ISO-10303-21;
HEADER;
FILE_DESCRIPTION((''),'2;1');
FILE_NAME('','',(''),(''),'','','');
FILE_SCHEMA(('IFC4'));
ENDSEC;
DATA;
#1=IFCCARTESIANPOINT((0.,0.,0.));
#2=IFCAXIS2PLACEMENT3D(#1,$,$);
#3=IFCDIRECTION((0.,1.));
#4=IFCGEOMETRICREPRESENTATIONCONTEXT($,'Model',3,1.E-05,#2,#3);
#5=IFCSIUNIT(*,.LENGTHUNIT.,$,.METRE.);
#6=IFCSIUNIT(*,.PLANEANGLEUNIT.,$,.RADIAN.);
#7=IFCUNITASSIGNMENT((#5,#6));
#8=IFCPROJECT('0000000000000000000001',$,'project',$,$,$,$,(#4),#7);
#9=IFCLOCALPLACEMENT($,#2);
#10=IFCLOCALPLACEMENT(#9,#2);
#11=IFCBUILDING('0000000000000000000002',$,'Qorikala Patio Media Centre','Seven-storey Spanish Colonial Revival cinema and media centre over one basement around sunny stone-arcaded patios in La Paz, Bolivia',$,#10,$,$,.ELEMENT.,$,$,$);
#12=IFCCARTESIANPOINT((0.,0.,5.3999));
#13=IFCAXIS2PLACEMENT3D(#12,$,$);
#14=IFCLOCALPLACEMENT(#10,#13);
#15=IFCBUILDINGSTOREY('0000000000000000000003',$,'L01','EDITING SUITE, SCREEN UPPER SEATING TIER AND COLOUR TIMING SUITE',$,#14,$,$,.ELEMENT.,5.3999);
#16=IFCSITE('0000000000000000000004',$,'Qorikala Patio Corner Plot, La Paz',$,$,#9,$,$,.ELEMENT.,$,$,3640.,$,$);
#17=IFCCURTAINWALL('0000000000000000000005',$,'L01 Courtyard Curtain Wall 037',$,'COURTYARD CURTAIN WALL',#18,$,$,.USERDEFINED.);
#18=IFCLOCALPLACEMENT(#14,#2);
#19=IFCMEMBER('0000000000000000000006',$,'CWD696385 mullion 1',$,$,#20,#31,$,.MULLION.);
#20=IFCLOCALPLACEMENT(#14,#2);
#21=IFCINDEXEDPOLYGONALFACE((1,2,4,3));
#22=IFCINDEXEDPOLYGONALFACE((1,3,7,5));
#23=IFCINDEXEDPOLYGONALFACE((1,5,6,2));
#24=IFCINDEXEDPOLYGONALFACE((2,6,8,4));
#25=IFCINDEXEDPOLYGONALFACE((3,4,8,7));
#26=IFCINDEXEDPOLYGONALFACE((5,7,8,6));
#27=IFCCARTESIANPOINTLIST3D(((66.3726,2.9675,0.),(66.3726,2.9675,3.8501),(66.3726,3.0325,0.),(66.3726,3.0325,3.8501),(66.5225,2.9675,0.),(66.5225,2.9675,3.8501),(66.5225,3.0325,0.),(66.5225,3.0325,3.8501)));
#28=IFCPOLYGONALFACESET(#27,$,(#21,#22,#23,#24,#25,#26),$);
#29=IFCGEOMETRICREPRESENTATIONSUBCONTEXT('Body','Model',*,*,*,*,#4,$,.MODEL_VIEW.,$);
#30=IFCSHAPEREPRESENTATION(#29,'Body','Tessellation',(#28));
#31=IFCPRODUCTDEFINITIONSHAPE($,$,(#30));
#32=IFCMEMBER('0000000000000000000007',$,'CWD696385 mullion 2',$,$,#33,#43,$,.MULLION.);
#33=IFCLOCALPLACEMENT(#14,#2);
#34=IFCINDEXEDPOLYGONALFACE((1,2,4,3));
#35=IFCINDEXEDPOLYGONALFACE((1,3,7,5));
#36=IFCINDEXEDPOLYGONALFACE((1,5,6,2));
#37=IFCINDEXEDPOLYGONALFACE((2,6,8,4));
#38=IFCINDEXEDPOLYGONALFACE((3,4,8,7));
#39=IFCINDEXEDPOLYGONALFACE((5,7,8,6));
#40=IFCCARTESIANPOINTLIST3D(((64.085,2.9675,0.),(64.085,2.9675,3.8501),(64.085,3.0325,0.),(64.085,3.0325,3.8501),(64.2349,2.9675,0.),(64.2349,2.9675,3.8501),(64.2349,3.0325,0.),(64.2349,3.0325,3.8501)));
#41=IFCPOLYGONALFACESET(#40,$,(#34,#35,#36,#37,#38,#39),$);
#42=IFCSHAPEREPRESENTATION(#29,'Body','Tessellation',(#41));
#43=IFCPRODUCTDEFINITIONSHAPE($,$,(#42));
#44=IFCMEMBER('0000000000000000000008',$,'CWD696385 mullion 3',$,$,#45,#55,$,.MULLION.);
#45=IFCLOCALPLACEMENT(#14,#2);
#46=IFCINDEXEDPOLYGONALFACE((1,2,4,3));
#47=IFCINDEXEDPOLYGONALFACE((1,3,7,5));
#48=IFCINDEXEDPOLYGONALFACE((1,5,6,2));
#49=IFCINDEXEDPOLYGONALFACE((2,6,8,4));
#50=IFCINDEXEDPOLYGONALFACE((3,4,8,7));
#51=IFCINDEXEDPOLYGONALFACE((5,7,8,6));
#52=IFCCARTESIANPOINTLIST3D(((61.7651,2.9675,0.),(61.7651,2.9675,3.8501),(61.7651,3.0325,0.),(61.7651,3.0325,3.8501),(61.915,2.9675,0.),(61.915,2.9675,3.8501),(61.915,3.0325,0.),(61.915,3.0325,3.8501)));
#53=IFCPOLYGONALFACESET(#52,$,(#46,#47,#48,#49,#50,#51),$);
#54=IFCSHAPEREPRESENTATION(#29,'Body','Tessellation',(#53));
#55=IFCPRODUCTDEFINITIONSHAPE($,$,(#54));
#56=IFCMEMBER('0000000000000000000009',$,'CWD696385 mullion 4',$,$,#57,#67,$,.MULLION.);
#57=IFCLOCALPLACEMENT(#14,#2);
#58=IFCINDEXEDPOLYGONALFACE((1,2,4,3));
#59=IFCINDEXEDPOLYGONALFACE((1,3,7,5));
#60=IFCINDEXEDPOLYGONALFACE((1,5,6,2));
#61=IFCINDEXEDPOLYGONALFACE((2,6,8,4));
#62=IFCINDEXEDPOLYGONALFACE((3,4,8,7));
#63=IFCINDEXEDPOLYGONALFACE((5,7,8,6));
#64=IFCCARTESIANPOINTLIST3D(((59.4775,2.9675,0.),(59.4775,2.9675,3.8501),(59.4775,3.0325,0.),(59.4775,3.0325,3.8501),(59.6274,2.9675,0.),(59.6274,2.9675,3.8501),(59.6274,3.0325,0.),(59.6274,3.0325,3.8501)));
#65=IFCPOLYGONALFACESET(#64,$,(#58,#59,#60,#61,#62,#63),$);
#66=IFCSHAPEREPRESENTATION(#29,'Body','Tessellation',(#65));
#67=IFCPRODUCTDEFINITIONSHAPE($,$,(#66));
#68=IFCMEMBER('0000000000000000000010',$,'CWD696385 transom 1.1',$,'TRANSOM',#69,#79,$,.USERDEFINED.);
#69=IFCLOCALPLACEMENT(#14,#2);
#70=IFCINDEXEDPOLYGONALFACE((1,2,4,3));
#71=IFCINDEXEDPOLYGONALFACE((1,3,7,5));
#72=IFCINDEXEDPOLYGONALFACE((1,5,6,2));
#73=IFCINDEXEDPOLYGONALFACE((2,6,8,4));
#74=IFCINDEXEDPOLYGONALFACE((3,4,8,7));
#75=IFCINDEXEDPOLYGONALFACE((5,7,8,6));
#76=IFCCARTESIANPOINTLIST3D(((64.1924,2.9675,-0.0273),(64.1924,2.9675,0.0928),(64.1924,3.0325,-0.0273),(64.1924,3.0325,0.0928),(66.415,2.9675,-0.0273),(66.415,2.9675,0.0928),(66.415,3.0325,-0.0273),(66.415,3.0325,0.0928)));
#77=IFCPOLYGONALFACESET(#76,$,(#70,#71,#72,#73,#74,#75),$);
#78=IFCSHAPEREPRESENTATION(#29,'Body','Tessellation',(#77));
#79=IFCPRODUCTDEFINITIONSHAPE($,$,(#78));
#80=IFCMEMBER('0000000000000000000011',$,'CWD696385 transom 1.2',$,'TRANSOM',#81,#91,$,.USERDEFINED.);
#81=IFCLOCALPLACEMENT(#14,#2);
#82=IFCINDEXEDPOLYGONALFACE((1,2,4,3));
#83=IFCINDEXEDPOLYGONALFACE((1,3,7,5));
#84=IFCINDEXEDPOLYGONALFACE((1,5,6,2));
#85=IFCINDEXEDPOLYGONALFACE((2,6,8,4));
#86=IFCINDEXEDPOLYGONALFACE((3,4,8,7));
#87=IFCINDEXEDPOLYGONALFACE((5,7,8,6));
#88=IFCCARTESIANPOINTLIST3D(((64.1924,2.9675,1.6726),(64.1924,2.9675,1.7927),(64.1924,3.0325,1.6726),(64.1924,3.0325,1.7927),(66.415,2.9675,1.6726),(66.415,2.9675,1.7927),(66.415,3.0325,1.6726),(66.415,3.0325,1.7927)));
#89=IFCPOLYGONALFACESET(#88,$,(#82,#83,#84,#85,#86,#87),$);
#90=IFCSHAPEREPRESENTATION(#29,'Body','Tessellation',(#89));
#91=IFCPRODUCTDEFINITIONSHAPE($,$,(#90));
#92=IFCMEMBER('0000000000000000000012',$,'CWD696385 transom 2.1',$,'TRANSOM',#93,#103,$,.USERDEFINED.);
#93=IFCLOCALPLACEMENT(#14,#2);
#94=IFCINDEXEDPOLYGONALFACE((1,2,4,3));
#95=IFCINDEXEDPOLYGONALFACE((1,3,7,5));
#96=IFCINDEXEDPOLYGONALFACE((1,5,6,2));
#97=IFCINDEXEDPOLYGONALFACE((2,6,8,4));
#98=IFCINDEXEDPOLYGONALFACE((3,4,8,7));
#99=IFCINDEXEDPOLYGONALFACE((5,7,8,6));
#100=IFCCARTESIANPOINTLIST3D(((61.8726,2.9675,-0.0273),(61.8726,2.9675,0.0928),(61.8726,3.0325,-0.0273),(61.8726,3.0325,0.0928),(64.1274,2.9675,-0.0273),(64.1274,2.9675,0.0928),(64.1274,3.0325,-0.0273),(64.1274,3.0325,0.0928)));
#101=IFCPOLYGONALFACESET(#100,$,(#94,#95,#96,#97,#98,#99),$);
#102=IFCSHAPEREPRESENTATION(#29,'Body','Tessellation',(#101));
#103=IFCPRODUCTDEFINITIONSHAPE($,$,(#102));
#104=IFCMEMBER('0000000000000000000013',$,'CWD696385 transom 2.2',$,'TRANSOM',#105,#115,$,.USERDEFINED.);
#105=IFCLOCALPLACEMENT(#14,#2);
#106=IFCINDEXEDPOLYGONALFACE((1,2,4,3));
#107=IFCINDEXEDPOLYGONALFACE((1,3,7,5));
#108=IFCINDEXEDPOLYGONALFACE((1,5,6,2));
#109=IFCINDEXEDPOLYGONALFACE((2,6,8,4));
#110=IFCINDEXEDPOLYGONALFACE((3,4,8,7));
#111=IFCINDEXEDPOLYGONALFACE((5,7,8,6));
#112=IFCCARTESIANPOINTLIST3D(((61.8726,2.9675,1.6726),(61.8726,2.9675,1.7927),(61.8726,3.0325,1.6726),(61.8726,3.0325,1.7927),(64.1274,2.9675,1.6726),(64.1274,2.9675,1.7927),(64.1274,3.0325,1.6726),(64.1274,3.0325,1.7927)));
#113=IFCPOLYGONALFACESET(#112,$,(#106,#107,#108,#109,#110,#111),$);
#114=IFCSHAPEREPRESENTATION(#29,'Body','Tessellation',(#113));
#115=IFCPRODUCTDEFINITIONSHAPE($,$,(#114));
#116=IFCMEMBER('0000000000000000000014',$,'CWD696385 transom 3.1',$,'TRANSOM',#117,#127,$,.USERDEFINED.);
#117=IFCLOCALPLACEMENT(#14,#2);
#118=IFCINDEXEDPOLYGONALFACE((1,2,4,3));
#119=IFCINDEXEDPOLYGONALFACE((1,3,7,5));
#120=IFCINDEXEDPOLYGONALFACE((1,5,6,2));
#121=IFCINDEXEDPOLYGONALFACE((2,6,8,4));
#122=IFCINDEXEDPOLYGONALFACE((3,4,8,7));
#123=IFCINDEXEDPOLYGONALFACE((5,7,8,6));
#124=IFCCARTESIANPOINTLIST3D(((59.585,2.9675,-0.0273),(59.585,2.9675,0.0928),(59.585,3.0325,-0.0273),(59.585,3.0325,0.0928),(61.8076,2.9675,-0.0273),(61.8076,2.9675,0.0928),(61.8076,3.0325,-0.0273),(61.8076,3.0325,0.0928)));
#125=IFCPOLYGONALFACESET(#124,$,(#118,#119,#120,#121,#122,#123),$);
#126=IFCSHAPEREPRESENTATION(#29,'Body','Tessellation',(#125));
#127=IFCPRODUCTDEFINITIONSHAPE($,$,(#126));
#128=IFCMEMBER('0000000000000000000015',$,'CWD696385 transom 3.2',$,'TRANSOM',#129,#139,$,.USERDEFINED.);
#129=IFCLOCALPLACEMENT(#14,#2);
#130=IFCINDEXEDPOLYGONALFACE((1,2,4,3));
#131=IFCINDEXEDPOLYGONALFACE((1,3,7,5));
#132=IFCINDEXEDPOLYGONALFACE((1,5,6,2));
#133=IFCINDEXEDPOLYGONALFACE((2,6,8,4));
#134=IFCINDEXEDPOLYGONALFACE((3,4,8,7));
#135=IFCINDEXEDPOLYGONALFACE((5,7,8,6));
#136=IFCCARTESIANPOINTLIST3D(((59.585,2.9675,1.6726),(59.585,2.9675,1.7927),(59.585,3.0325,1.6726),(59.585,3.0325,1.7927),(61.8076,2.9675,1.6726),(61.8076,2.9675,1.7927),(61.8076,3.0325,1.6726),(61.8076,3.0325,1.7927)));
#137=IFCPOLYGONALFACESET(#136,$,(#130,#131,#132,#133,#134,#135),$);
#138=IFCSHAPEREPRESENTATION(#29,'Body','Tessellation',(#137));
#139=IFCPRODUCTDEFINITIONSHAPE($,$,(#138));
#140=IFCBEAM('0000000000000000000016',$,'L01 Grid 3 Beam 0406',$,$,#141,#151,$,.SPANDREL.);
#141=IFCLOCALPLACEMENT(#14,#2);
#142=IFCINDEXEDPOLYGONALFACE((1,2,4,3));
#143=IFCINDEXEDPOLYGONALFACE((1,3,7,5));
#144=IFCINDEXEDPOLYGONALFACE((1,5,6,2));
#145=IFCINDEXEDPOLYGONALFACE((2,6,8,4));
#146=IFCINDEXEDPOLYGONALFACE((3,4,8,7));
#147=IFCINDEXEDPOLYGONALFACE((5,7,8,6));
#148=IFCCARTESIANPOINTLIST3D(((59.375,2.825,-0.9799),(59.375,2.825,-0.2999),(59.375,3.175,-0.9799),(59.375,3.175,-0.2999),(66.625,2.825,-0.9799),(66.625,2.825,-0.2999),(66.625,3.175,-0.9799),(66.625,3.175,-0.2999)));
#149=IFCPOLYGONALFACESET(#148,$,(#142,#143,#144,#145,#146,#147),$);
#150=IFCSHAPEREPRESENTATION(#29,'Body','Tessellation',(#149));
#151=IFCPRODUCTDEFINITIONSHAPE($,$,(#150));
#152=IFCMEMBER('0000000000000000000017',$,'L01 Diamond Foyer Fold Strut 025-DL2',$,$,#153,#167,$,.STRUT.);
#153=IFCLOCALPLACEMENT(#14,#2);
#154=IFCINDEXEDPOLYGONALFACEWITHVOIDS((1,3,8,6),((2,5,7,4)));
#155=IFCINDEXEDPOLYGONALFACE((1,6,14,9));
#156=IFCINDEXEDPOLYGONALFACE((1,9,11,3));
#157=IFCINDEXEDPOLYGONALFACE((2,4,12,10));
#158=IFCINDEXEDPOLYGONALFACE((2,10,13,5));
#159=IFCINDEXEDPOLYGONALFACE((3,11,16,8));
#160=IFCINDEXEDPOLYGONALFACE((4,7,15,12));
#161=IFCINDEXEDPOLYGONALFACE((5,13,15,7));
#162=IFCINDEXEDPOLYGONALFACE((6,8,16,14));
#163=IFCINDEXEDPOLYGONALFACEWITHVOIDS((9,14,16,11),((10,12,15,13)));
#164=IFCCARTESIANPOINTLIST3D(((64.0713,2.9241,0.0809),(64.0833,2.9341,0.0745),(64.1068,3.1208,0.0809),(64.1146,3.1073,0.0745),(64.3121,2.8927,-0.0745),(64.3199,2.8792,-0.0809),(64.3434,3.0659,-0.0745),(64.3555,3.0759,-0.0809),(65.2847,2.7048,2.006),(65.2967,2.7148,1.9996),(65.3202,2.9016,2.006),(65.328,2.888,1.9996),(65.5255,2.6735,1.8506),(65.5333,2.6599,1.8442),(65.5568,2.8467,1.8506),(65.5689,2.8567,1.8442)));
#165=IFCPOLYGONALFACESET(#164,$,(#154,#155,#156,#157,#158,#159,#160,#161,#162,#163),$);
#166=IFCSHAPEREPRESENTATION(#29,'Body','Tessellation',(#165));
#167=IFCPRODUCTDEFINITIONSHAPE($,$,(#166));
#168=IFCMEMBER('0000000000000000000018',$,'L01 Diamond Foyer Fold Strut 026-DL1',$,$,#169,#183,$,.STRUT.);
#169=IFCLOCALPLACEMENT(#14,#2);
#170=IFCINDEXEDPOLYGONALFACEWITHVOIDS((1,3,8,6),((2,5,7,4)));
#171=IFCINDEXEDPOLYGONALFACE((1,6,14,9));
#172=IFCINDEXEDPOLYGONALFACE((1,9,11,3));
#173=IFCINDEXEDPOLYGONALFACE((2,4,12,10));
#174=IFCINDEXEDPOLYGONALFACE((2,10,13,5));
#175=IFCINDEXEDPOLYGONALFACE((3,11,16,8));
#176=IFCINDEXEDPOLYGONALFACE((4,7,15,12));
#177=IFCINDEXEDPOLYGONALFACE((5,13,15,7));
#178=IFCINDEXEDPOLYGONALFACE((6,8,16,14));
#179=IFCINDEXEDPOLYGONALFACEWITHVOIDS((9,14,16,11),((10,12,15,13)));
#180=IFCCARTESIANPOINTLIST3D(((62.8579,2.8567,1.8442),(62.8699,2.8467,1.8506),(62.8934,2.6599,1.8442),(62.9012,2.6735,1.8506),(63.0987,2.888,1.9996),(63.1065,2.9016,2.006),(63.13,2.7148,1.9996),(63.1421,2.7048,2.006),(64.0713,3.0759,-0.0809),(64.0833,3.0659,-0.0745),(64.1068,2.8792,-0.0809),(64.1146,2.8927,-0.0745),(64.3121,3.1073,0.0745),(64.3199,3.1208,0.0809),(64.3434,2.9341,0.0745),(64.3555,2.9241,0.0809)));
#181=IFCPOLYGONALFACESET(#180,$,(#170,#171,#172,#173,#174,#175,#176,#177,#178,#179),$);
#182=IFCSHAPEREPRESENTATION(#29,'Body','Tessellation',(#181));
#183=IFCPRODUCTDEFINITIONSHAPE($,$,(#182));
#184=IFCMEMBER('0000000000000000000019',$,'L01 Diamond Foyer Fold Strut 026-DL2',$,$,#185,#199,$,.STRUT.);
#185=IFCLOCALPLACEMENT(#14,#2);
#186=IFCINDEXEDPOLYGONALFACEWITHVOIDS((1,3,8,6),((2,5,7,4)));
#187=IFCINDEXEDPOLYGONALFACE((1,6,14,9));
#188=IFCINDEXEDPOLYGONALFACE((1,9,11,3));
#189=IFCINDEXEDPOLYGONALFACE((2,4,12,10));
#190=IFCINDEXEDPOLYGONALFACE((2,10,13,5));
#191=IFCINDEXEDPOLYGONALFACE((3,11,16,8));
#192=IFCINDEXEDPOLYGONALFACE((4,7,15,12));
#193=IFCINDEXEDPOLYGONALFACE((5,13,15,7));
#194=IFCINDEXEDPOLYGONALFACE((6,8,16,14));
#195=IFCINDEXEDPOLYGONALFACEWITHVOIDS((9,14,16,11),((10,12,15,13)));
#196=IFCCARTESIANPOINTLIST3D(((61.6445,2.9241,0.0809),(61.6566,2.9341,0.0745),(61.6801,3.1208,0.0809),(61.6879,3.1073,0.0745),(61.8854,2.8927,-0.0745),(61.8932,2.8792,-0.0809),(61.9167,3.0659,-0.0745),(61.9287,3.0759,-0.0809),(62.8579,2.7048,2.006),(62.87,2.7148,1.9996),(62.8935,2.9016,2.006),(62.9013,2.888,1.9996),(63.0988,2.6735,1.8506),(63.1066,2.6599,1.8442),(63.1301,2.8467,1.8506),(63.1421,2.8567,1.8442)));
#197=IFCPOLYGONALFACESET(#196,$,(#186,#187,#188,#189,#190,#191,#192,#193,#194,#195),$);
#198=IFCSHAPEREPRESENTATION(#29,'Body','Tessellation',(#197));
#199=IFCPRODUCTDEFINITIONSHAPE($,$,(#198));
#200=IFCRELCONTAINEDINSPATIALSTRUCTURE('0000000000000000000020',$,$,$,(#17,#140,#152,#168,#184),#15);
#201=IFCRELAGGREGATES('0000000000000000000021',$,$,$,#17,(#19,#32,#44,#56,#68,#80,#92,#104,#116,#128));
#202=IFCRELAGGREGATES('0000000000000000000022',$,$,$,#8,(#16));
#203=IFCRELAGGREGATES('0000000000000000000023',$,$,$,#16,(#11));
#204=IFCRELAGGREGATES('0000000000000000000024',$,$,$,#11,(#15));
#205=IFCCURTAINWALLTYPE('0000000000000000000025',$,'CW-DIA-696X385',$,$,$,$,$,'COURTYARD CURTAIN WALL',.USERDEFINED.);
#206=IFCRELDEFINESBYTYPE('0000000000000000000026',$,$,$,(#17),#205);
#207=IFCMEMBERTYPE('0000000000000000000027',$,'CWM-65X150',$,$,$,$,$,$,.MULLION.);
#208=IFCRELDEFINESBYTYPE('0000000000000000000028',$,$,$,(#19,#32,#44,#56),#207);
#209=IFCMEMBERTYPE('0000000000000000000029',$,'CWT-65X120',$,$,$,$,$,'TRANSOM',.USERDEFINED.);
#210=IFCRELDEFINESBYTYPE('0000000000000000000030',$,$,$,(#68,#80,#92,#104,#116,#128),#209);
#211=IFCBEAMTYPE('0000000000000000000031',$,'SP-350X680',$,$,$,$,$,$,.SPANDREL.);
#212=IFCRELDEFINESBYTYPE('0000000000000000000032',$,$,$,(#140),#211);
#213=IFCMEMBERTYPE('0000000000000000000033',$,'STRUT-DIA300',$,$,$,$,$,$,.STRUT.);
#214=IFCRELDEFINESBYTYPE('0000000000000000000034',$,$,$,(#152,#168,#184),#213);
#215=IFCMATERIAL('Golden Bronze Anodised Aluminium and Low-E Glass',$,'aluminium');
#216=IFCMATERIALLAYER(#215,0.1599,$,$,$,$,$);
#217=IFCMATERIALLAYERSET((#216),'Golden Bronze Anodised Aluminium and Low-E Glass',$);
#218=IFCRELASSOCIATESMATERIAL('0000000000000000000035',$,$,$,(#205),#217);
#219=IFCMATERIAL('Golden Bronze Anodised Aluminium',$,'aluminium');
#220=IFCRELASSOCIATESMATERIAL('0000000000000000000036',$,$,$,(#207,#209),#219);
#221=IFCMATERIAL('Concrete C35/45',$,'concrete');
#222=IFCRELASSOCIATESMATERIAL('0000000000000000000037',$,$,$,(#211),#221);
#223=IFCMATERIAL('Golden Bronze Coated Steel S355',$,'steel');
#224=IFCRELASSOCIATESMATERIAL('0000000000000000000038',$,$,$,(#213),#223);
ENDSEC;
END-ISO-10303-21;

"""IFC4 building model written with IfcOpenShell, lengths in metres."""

from ifc_helpers import new_model, si_unit, direction, frame, origin, origin_2d, place, context, subcontext, project, spatial, rectangle, hollow_rectangle, extrude, material, layer, layer_set, material_profile, profile_set, type_object, element, aggregate, save


model = new_model("IFC4")

# Units and contexts
model_context = context("Model", 3, precision=1e-05, world=origin(), true_north=direction((0.0, 1.0)))
body_context = subcontext(model_context, "Body", "Model", "MODEL_VIEW")
ifc_project = project(units=[si_unit("LENGTHUNIT", "METRE"), si_unit("PLANEANGLEUNIT", "RADIAN")], contexts=[model_context])

# Site, building, storey
site_placement = place(None, origin())
site = spatial("IfcSite", under=ifc_project, at=site_placement, Name="Qorikala Patio Corner Plot, La Paz", CompositionType="ELEMENT", RefElevation=3640.0)
building_placement = place(site_placement, origin())
building = spatial("IfcBuilding", under=site, at=building_placement, Name="Qorikala Patio Media Centre", Description="Seven-storey Spanish Colonial Revival cinema and media centre over one basement around sunny stone-arcaded patios in La Paz, Bolivia", CompositionType="ELEMENT")
storey_placement = place(building_placement, frame((0.0, 0.0, 5.3999)))
storey = spatial("IfcBuildingStorey", under=building, at=storey_placement, Name="L01", Description="EDITING SUITE, SCREEN UPPER SEATING TIER AND COLOUR TIMING SUITE", CompositionType="ELEMENT", Elevation=5.3999)

# Curtain wall, members
ifc_material_1 = material(Name="Golden Bronze Anodised Aluminium and Low-E Glass", Category="aluminium")
ifc_layer_1 = layer(ifc_material_1, 0.1599)
ifc_layer_set_1 = layer_set([ifc_layer_1], Name="Golden Bronze Anodised Aluminium and Low-E Glass")
curtain_wall_type = type_object("IfcCurtainWallType", Name="CW-DIA-696X385", ElementType="COURTYARD CURTAIN WALL", PredefinedType="USERDEFINED", material=ifc_layer_set_1)
curtain_wall_placement = place(storey_placement, origin())
curtain_wall = element("IfcCurtainWall", 1, at=curtain_wall_placement, inside=storey, type_object=curtain_wall_type, Name="L01 Courtyard Curtain Wall 037", ObjectType="COURTYARD CURTAIN WALL", PredefinedType="USERDEFINED")
ifc_material_2 = material(Name="Golden Bronze Anodised Aluminium", Category="aluminium")
ifc_material_profile_1 = material_profile(ifc_material_2, rectangle(XDim=0.0649, YDim=0.1499, at=origin_2d()), Name="ALU MULLION 65x150")
ifc_profile_set_1 = profile_set([ifc_material_profile_1], Name="Golden Bronze Anodised Aluminium")
member_type_1 = type_object("IfcMemberType", Name="CWM-65X150", PredefinedType="MULLION", material=ifc_profile_set_1)
member_1_placement = place(storey_placement, frame((66.4475, 3.0, 0.0), z_axis=(0.0, 0.0, 1.0), x_axis=(0.0, -1.0, 0.0)))
member_1 = element("IfcMember", 2, at=member_1_placement, type_object=member_type_1, Name="CWD696385 mullion 1", PredefinedType="MULLION", context=body_context, shape_type="SweptSolid", body=[
    extrude(rectangle(XDim=0.0649, YDim=0.1499, at=origin_2d()), origin(), (0.0, 0.0, 1.0), 3.8501),
])
member_2_placement = place(storey_placement, frame((64.1599, 3.0, 0.0), z_axis=(0.0, 0.0, 1.0), x_axis=(0.0, -1.0, 0.0)))
member_2 = element("IfcMember", 3, at=member_2_placement, type_object=member_type_1, Name="CWD696385 mullion 2", PredefinedType="MULLION", context=body_context, shape_type="SweptSolid", body=[
    extrude(rectangle(XDim=0.0649, YDim=0.1499, at=origin_2d()), origin(), (0.0, 0.0, 1.0), 3.8501),
])
member_3_placement = place(storey_placement, frame((61.8401, 3.0, 0.0), z_axis=(0.0, 0.0, 1.0), x_axis=(0.0, -1.0, 0.0)))
member_3 = element("IfcMember", 4, at=member_3_placement, type_object=member_type_1, Name="CWD696385 mullion 3", PredefinedType="MULLION", context=body_context, shape_type="SweptSolid", body=[
    extrude(rectangle(XDim=0.0649, YDim=0.1499, at=origin_2d()), origin(), (0.0, 0.0, 1.0), 3.8501),
])
member_4_placement = place(storey_placement, frame((59.5525, 3.0, 0.0), z_axis=(0.0, 0.0, 1.0), x_axis=(0.0, -1.0, 0.0)))
member_4 = element("IfcMember", 5, at=member_4_placement, type_object=member_type_1, Name="CWD696385 mullion 4", PredefinedType="MULLION", context=body_context, shape_type="SweptSolid", body=[
    extrude(rectangle(XDim=0.0649, YDim=0.1499, at=origin_2d()), origin(), (0.0, 0.0, 1.0), 3.8501),
])
ifc_material_profile_2 = material_profile(ifc_material_2, rectangle(XDim=0.0649, YDim=0.1201, at=origin_2d()), Name="ALU TRANSOM 65x120")
ifc_profile_set_2 = profile_set([ifc_material_profile_2], Name="Golden Bronze Anodised Aluminium")
member_type_2 = type_object("IfcMemberType", Name="CWT-65X120", ElementType="TRANSOM", PredefinedType="USERDEFINED", material=ifc_profile_set_2)
member_5_placement = place(storey_placement, frame((66.415, 3.0, 0.0327), z_axis=(-1.0, 0.0, 0.0), x_axis=(0.0, -1.0, 0.0)))
member_5 = element("IfcMember", 6, at=member_5_placement, type_object=member_type_2, Name="CWD696385 transom 1.1", ObjectType="TRANSOM", PredefinedType="USERDEFINED", context=body_context, shape_type="SweptSolid", body=[
    extrude(rectangle(XDim=0.0649, YDim=0.1201, at=origin_2d()), origin(), (0.0, 0.0, 1.0), 2.2227),
])
member_6_placement = place(storey_placement, frame((66.415, 3.0, 1.7327), z_axis=(-1.0, 0.0, 0.0), x_axis=(0.0, -1.0, 0.0)))
member_6 = element("IfcMember", 7, at=member_6_placement, type_object=member_type_2, Name="CWD696385 transom 1.2", ObjectType="TRANSOM", PredefinedType="USERDEFINED", context=body_context, shape_type="SweptSolid", body=[
    extrude(rectangle(XDim=0.0649, YDim=0.1201, at=origin_2d()), origin(), (0.0, 0.0, 1.0), 2.2227),
])
member_7_placement = place(storey_placement, frame((64.1274, 3.0, 0.0327), z_axis=(-1.0, 0.0, 0.0), x_axis=(0.0, -1.0, 0.0)))
member_7 = element("IfcMember", 8, at=member_7_placement, type_object=member_type_2, Name="CWD696385 transom 2.1", ObjectType="TRANSOM", PredefinedType="USERDEFINED", context=body_context, shape_type="SweptSolid", body=[
    extrude(rectangle(XDim=0.0649, YDim=0.1201, at=origin_2d()), origin(), (0.0, 0.0, 1.0), 2.2549),
])
member_8_placement = place(storey_placement, frame((64.1274, 3.0, 1.7327), z_axis=(-1.0, 0.0, 0.0), x_axis=(0.0, -1.0, 0.0)))
member_8 = element("IfcMember", 9, at=member_8_placement, type_object=member_type_2, Name="CWD696385 transom 2.2", ObjectType="TRANSOM", PredefinedType="USERDEFINED", context=body_context, shape_type="SweptSolid", body=[
    extrude(rectangle(XDim=0.0649, YDim=0.1201, at=origin_2d()), origin(), (0.0, 0.0, 1.0), 2.2549),
])
member_9_placement = place(storey_placement, frame((61.8076, 3.0, 0.0327), z_axis=(-1.0, 0.0, 0.0), x_axis=(0.0, -1.0, 0.0)))
member_9 = element("IfcMember", 10, at=member_9_placement, type_object=member_type_2, Name="CWD696385 transom 3.1", ObjectType="TRANSOM", PredefinedType="USERDEFINED", context=body_context, shape_type="SweptSolid", body=[
    extrude(rectangle(XDim=0.0649, YDim=0.1201, at=origin_2d()), origin(), (0.0, 0.0, 1.0), 2.2227),
])
member_10_placement = place(storey_placement, frame((61.8076, 3.0, 1.7327), z_axis=(-1.0, 0.0, 0.0), x_axis=(0.0, -1.0, 0.0)))
member_10 = element("IfcMember", 11, at=member_10_placement, type_object=member_type_2, Name="CWD696385 transom 3.2", ObjectType="TRANSOM", PredefinedType="USERDEFINED", context=body_context, shape_type="SweptSolid", body=[
    extrude(rectangle(XDim=0.0649, YDim=0.1201, at=origin_2d()), origin(), (0.0, 0.0, 1.0), 2.2227),
])

# Beam
ifc_material_3 = material(Name="Concrete C35/45", Category="concrete")
ifc_material_profile_3 = material_profile(ifc_material_3, rectangle(XDim=0.3501, YDim=0.6799, at=origin_2d()), Name="RC 350x680")
ifc_profile_set_3 = profile_set([ifc_material_profile_3], Name="Concrete C35/45")
beam_type = type_object("IfcBeamType", Name="SP-350X680", PredefinedType="SPANDREL", material=ifc_profile_set_3)
beam_placement = place(storey_placement, frame((59.375, 3.0, -0.6399), z_axis=(1.0, 0.0, 0.0), x_axis=(0.0, 1.0, 0.0)))
element("IfcBeam", 12, at=beam_placement, inside=storey, type_object=beam_type, Name="L01 Grid 3 Beam 0406", PredefinedType="SPANDREL", context=body_context, shape_type="SweptSolid", body=[
    extrude(rectangle(XDim=0.3501, YDim=0.6799, at=origin_2d()), origin(), (0.0, 0.0, 1.0), 7.25),
])

# Members
ifc_material_4 = material(Name="Golden Bronze Coated Steel S355", Category="steel")
ifc_material_profile_4 = material_profile(ifc_material_4, hollow_rectangle(XDim=0.2, YDim=0.3, WallThickness=0.012, at=origin_2d()), Name="HSS300X200X12")
ifc_profile_set_4 = profile_set([ifc_material_profile_4], Name="Golden Bronze Coated Steel S355")
member_type_3 = type_object("IfcMemberType", Name="STRUT-DIA300", PredefinedType="STRUT", material=ifc_profile_set_4)
for number, where, z_axis, x_axis, name in (
    (13, (64.2134, 3.0, 0.0), (0.530768, -0.095901, 0.842074), (0.177805, 0.984066, 0.0), "L01 Diamond Foyer Fold Strut 025-DL2"),
    (14, (64.2134, 3.0, 0.0), (-0.530768, -0.095901, 0.842074), (0.177805, -0.984066, 0.0), "L01 Diamond Foyer Fold Strut 026-DL1"),
    (15, (61.7866, 3.0, 0.0), (0.530768, -0.095901, 0.842074), (0.177805, 0.984066, 0.0), "L01 Diamond Foyer Fold Strut 026-DL2"),
):
    element("IfcMember", number, at=place(storey_placement, frame(where, z_axis=z_axis, x_axis=x_axis)), inside=storey, type_object=member_type_3, Name=name, PredefinedType="STRUT", context=body_context, shape_type="SweptSolid", body=[
        extrude(hollow_rectangle(XDim=0.2, YDim=0.3, WallThickness=0.012, at=origin_2d()), origin(), (0.0, 0.0, 1.0), 2.2861),
    ])

aggregate(curtain_wall, [member_1, member_2, member_3, member_4, member_5, member_6, member_7, member_8, member_9, member_10])

save(model, "model.ifc")
